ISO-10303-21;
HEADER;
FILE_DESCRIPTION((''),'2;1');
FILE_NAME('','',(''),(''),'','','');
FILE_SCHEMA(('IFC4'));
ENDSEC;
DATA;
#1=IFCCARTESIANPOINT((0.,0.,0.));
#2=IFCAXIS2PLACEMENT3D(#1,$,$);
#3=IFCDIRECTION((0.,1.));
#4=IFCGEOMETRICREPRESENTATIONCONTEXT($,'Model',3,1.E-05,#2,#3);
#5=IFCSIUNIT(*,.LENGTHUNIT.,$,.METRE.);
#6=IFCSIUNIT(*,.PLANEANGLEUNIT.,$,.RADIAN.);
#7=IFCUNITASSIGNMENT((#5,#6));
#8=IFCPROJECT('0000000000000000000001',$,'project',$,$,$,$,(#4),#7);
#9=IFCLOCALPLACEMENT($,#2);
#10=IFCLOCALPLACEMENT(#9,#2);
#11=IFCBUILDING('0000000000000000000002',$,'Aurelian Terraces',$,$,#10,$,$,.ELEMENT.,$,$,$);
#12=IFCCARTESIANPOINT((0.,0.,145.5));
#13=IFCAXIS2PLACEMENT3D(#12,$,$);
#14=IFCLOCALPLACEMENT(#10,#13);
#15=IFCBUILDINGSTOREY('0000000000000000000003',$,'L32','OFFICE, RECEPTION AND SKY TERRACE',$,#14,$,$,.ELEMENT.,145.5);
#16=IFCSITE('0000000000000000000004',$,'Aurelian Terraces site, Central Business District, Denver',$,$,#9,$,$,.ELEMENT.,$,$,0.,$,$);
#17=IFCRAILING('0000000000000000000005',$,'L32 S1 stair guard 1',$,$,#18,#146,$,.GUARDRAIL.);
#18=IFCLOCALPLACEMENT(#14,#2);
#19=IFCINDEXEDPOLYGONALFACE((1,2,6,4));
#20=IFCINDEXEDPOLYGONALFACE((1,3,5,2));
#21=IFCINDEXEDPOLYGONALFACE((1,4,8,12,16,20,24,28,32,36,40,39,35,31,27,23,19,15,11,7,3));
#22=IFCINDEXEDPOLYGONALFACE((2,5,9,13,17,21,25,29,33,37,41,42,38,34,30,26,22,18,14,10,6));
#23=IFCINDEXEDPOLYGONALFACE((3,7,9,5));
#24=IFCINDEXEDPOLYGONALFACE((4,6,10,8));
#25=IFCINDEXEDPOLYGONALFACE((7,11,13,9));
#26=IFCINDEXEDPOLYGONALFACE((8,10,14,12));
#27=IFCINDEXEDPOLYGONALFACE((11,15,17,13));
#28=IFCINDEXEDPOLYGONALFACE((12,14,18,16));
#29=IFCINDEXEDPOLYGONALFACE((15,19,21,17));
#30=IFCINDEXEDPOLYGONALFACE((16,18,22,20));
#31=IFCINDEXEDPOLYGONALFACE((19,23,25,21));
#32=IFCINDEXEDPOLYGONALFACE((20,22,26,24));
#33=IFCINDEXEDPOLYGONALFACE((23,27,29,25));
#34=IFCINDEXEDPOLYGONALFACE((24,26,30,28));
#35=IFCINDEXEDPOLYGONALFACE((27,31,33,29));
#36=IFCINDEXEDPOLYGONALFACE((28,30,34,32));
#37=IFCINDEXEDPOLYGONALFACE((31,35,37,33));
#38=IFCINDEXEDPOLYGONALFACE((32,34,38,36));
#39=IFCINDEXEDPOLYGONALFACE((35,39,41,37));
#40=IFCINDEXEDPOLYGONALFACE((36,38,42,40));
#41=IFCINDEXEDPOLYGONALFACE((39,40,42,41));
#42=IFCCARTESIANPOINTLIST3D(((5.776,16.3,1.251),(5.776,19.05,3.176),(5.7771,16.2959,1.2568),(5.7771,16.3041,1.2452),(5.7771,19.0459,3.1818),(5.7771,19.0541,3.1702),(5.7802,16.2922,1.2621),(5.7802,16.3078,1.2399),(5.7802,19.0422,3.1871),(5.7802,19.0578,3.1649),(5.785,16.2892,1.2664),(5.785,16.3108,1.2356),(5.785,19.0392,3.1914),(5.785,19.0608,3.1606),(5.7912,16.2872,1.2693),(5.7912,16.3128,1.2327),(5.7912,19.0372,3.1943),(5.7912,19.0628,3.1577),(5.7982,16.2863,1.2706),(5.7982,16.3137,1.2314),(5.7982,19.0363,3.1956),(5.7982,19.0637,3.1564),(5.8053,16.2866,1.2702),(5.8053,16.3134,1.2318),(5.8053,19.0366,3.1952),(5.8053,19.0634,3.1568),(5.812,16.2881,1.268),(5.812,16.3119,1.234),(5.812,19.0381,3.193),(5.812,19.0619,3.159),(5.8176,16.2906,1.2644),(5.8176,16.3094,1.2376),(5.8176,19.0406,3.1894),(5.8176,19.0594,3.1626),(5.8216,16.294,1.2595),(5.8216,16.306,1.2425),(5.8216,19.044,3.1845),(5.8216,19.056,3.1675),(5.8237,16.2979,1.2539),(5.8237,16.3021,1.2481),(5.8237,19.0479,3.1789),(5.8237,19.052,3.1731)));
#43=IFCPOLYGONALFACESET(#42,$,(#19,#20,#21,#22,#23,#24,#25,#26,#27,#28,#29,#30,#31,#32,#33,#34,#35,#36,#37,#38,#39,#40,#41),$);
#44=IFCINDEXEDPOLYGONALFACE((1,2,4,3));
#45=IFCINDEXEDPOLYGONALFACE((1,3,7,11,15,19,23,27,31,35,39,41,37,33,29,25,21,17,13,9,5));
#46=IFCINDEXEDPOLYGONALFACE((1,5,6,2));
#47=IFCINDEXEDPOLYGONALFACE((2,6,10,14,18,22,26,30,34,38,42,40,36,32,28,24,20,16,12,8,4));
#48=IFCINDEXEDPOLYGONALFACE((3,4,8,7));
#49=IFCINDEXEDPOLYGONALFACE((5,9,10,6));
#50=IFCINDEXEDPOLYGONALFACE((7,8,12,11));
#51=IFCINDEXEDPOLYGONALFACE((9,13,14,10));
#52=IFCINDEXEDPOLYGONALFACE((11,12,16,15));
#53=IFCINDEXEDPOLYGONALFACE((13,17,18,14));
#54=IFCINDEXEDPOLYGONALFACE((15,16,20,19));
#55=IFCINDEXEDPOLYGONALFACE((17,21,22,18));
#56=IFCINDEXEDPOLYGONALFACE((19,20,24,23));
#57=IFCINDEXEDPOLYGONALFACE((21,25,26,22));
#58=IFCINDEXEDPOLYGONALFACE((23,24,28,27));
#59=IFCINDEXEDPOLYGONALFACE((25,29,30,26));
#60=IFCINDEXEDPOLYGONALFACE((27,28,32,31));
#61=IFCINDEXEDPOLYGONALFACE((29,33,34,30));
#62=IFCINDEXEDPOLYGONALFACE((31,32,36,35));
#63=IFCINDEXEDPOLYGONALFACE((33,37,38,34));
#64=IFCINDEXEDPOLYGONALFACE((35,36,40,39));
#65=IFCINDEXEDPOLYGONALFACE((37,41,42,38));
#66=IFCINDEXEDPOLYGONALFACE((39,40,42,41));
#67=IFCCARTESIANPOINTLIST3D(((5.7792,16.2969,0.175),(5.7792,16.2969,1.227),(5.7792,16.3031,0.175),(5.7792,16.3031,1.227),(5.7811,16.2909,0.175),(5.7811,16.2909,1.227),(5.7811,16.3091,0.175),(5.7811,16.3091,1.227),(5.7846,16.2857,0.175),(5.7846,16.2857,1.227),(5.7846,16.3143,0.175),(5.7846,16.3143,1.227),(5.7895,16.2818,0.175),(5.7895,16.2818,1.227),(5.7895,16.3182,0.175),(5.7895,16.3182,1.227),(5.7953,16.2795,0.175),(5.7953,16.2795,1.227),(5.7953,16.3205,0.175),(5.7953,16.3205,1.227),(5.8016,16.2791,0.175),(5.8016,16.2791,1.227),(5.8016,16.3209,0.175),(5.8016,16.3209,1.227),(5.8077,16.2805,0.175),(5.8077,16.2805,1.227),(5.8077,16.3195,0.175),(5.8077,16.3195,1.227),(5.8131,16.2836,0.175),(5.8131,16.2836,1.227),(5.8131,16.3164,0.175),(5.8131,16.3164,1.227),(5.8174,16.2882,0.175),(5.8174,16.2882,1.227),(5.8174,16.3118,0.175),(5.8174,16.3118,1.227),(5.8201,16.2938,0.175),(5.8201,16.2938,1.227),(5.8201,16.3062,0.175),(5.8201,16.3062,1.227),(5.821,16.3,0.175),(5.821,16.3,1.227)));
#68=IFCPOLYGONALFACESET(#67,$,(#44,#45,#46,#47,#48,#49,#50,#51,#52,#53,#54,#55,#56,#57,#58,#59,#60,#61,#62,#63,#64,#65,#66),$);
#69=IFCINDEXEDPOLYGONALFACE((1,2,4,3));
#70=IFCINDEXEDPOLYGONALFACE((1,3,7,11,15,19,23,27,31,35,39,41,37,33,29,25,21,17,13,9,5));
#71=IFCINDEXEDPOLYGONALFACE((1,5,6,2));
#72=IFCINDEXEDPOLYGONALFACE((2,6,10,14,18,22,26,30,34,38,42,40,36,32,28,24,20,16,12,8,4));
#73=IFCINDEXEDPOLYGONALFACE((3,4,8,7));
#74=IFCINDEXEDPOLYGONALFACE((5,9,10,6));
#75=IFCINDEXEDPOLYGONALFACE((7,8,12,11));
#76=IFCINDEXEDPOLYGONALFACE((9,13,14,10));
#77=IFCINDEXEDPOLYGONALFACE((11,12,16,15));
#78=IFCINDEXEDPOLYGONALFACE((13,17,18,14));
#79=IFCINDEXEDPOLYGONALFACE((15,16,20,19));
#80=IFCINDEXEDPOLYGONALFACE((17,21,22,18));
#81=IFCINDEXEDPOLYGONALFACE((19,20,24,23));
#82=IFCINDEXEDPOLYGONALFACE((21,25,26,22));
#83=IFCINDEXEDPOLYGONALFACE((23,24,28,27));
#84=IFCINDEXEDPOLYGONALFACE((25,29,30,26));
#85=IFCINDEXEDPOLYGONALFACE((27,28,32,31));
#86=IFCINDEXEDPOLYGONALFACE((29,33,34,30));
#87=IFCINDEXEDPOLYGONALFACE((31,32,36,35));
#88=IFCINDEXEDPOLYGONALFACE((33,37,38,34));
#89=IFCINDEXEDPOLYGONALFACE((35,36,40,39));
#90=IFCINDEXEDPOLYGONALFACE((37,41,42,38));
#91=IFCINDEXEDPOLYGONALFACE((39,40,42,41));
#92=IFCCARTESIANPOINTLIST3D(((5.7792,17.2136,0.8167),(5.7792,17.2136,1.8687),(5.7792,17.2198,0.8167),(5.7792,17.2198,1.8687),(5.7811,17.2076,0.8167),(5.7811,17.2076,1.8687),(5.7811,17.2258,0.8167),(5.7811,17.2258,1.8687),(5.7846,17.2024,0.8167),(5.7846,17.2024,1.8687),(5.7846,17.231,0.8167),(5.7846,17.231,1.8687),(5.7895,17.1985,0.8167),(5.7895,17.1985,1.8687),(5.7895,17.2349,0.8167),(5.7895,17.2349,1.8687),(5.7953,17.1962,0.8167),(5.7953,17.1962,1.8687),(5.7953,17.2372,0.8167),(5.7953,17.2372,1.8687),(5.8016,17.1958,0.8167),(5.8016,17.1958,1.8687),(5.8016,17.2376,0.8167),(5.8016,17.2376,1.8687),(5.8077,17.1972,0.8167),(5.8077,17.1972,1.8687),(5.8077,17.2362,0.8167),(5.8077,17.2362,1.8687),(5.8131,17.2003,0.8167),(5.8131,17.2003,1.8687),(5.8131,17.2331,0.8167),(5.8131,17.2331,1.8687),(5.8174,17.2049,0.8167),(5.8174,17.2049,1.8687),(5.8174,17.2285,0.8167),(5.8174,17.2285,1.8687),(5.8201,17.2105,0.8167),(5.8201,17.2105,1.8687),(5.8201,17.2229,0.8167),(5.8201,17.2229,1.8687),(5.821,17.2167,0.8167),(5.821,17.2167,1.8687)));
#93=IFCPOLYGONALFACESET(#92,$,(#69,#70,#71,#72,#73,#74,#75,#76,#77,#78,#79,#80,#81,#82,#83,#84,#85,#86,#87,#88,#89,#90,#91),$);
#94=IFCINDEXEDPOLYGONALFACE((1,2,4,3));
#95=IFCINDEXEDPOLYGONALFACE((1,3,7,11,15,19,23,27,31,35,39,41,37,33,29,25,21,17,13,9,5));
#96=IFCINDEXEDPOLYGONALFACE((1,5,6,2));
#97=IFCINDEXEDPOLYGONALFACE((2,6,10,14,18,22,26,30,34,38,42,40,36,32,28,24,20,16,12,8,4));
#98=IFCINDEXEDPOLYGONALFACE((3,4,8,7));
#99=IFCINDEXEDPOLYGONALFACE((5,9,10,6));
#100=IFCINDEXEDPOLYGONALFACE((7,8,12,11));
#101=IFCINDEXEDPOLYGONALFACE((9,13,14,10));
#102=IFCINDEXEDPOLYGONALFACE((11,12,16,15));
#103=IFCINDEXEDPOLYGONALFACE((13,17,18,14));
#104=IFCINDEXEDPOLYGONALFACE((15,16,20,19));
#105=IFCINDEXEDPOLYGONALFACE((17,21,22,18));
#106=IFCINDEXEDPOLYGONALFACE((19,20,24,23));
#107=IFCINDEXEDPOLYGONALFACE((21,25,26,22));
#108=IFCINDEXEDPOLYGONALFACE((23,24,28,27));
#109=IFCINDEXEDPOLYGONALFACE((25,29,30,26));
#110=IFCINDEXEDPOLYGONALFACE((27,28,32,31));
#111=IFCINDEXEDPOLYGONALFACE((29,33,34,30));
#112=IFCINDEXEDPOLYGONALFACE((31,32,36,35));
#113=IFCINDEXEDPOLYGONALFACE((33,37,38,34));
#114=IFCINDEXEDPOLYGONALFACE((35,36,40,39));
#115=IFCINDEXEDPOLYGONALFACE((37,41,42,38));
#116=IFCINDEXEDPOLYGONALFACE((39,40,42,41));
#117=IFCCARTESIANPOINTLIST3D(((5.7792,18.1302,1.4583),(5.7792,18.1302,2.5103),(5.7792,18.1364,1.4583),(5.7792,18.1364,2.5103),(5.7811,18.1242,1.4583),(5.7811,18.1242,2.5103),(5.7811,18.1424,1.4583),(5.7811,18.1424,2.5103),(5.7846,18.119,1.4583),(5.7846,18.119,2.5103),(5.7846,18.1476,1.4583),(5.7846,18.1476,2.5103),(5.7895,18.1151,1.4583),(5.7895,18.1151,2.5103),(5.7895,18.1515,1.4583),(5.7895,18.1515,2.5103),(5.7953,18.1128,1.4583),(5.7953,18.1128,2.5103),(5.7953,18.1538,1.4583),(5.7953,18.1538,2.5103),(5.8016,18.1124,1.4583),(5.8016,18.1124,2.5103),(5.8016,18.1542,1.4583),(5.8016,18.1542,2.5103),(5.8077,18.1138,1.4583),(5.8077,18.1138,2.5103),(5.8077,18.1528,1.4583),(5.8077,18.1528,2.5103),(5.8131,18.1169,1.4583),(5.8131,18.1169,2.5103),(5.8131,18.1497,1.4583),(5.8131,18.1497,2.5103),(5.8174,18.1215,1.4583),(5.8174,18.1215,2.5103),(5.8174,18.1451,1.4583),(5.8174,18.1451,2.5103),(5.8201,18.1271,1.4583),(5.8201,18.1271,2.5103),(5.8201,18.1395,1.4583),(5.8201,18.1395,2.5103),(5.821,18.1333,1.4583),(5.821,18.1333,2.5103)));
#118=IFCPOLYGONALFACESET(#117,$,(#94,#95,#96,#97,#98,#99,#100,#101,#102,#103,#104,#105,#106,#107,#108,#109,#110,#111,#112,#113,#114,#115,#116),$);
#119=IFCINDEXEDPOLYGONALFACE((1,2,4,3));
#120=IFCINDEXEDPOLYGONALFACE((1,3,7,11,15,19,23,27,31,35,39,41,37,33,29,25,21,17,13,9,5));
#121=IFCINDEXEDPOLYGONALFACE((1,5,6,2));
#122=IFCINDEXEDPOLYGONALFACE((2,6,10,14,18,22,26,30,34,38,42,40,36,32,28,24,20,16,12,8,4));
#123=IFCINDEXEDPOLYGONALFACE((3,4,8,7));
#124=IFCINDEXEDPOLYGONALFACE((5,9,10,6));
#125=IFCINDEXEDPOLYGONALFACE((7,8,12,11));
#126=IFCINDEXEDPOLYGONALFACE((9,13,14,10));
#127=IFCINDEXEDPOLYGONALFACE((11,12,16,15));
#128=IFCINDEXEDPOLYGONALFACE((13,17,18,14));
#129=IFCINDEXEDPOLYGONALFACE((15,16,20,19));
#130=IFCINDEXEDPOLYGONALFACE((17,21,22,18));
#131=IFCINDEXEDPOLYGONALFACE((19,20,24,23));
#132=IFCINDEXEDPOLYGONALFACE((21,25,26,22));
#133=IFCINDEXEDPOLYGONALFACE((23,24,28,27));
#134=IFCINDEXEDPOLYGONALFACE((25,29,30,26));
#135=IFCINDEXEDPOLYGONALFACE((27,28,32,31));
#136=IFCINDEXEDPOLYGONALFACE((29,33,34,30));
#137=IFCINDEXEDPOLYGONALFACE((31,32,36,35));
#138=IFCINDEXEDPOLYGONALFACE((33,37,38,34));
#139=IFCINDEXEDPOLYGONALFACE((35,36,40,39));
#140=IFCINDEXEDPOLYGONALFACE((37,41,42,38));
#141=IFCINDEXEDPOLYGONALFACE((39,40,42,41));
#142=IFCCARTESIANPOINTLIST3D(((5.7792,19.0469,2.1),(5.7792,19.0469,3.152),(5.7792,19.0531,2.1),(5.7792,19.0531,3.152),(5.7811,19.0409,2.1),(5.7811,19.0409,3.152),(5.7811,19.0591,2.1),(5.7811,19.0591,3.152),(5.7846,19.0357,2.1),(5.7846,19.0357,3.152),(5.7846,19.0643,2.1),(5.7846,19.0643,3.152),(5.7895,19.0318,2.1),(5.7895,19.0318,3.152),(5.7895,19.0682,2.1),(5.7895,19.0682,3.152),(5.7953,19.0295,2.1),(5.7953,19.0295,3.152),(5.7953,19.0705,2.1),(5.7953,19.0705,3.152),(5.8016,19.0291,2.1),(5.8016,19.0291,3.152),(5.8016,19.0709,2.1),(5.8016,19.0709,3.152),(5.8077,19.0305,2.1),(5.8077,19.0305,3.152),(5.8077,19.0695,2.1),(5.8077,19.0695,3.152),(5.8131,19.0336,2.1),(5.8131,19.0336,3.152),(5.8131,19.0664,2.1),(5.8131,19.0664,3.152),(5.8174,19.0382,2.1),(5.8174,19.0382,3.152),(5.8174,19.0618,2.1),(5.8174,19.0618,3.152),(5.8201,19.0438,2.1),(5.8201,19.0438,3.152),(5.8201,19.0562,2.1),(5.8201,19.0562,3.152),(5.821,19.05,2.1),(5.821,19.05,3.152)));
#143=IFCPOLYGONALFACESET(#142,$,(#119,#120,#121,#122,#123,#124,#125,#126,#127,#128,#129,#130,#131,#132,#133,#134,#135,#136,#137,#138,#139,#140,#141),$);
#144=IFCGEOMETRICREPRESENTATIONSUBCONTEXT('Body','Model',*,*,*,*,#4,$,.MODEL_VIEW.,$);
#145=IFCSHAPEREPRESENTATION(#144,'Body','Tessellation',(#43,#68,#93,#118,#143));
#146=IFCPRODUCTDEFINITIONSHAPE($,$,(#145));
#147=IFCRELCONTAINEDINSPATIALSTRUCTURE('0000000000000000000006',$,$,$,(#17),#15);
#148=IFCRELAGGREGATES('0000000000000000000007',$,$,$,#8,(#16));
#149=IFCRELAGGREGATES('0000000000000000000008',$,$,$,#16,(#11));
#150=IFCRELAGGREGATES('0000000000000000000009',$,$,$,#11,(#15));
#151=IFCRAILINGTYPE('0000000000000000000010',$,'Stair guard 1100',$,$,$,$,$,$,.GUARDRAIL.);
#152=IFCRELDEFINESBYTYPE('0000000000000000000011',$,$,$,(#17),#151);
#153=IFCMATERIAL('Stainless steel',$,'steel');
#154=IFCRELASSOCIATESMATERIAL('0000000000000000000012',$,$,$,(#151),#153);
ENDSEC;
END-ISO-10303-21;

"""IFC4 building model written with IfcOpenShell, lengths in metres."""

from ifc_helpers import new_model, si_unit, direction, frame, origin, origin_2d, place, context, subcontext, project, spatial, circle, extrude, source, transform, mapped, material, type_object, element, save


model = new_model("IFC4")

# Units and contexts
model_context = context("Model", 3, precision=1e-05, world=origin(), true_north=direction((0.0, 1.0)))
body_context = subcontext(model_context, "Body", "Model", "MODEL_VIEW")
ifc_project = project(units=[si_unit("LENGTHUNIT", "METRE"), si_unit("PLANEANGLEUNIT", "RADIAN")], contexts=[model_context])

# Site, building, storey
site_placement = place(None, origin())
site = spatial("IfcSite", under=ifc_project, at=site_placement, Name="Aurelian Terraces site, Central Business District, Denver", CompositionType="ELEMENT", RefElevation=0.0)
building_placement = place(site_placement, origin())
building = spatial("IfcBuilding", under=site, at=building_placement, Name="Aurelian Terraces", CompositionType="ELEMENT")
storey_placement = place(building_placement, frame((0.0, 0.0, 145.5)))
storey = spatial("IfcBuildingStorey", under=building, at=storey_placement, Name="L32", Description="OFFICE, RECEPTION AND SKY TERRACE", CompositionType="ELEMENT", Elevation=145.5)

# Railing
ifc_material_1 = material(Name="Stainless steel", Category="steel")
railing_type_1 = type_object("IfcRailingType", Name="Stair guard 1100", PredefinedType="GUARDRAIL", material=ifc_material_1)
shared_shape_1 = source(origin(), body_context, "Body", "SweptSolid", [
    extrude(circle(Radius=0.024, at=origin_2d()), frame((0.0, 0.0, 1.076), z_axis=(0.0, 0.819232, 0.573462), x_axis=(-1.0, 0.0, 0.0)), (0.0, 0.0, 1.0), 3.3568),
    extrude(circle(Radius=0.021, at=origin_2d()), origin(), (0.0, 0.0, 1.0), 1.052),
    extrude(circle(Radius=0.021, at=origin_2d()), frame((0.0, 0.9167, 0.6417)), (0.0, 0.0, 1.0), 1.052),
    extrude(circle(Radius=0.021, at=origin_2d()), frame((0.0, 1.8333, 1.2833)), (0.0, 0.0, 1.0), 1.052),
    extrude(circle(Radius=0.021, at=origin_2d()), frame((0.0, 2.75, 1.925)), (0.0, 0.0, 1.0), 1.052),
])
railing_1_placement = place(storey_placement, frame((5.8, 16.3, 0.175)))
element("IfcRailing", 1, at=railing_1_placement, inside=storey, type_object=railing_type_1, Name="L32 S1 stair guard 1", PredefinedType="GUARDRAIL", context=body_context, shape_type="MappedRepresentation", body=[
    mapped(shared_shape_1, transform((0.0, 0.0, 0.0), scale=1.0)),
])

save(model, "model.ifc")
